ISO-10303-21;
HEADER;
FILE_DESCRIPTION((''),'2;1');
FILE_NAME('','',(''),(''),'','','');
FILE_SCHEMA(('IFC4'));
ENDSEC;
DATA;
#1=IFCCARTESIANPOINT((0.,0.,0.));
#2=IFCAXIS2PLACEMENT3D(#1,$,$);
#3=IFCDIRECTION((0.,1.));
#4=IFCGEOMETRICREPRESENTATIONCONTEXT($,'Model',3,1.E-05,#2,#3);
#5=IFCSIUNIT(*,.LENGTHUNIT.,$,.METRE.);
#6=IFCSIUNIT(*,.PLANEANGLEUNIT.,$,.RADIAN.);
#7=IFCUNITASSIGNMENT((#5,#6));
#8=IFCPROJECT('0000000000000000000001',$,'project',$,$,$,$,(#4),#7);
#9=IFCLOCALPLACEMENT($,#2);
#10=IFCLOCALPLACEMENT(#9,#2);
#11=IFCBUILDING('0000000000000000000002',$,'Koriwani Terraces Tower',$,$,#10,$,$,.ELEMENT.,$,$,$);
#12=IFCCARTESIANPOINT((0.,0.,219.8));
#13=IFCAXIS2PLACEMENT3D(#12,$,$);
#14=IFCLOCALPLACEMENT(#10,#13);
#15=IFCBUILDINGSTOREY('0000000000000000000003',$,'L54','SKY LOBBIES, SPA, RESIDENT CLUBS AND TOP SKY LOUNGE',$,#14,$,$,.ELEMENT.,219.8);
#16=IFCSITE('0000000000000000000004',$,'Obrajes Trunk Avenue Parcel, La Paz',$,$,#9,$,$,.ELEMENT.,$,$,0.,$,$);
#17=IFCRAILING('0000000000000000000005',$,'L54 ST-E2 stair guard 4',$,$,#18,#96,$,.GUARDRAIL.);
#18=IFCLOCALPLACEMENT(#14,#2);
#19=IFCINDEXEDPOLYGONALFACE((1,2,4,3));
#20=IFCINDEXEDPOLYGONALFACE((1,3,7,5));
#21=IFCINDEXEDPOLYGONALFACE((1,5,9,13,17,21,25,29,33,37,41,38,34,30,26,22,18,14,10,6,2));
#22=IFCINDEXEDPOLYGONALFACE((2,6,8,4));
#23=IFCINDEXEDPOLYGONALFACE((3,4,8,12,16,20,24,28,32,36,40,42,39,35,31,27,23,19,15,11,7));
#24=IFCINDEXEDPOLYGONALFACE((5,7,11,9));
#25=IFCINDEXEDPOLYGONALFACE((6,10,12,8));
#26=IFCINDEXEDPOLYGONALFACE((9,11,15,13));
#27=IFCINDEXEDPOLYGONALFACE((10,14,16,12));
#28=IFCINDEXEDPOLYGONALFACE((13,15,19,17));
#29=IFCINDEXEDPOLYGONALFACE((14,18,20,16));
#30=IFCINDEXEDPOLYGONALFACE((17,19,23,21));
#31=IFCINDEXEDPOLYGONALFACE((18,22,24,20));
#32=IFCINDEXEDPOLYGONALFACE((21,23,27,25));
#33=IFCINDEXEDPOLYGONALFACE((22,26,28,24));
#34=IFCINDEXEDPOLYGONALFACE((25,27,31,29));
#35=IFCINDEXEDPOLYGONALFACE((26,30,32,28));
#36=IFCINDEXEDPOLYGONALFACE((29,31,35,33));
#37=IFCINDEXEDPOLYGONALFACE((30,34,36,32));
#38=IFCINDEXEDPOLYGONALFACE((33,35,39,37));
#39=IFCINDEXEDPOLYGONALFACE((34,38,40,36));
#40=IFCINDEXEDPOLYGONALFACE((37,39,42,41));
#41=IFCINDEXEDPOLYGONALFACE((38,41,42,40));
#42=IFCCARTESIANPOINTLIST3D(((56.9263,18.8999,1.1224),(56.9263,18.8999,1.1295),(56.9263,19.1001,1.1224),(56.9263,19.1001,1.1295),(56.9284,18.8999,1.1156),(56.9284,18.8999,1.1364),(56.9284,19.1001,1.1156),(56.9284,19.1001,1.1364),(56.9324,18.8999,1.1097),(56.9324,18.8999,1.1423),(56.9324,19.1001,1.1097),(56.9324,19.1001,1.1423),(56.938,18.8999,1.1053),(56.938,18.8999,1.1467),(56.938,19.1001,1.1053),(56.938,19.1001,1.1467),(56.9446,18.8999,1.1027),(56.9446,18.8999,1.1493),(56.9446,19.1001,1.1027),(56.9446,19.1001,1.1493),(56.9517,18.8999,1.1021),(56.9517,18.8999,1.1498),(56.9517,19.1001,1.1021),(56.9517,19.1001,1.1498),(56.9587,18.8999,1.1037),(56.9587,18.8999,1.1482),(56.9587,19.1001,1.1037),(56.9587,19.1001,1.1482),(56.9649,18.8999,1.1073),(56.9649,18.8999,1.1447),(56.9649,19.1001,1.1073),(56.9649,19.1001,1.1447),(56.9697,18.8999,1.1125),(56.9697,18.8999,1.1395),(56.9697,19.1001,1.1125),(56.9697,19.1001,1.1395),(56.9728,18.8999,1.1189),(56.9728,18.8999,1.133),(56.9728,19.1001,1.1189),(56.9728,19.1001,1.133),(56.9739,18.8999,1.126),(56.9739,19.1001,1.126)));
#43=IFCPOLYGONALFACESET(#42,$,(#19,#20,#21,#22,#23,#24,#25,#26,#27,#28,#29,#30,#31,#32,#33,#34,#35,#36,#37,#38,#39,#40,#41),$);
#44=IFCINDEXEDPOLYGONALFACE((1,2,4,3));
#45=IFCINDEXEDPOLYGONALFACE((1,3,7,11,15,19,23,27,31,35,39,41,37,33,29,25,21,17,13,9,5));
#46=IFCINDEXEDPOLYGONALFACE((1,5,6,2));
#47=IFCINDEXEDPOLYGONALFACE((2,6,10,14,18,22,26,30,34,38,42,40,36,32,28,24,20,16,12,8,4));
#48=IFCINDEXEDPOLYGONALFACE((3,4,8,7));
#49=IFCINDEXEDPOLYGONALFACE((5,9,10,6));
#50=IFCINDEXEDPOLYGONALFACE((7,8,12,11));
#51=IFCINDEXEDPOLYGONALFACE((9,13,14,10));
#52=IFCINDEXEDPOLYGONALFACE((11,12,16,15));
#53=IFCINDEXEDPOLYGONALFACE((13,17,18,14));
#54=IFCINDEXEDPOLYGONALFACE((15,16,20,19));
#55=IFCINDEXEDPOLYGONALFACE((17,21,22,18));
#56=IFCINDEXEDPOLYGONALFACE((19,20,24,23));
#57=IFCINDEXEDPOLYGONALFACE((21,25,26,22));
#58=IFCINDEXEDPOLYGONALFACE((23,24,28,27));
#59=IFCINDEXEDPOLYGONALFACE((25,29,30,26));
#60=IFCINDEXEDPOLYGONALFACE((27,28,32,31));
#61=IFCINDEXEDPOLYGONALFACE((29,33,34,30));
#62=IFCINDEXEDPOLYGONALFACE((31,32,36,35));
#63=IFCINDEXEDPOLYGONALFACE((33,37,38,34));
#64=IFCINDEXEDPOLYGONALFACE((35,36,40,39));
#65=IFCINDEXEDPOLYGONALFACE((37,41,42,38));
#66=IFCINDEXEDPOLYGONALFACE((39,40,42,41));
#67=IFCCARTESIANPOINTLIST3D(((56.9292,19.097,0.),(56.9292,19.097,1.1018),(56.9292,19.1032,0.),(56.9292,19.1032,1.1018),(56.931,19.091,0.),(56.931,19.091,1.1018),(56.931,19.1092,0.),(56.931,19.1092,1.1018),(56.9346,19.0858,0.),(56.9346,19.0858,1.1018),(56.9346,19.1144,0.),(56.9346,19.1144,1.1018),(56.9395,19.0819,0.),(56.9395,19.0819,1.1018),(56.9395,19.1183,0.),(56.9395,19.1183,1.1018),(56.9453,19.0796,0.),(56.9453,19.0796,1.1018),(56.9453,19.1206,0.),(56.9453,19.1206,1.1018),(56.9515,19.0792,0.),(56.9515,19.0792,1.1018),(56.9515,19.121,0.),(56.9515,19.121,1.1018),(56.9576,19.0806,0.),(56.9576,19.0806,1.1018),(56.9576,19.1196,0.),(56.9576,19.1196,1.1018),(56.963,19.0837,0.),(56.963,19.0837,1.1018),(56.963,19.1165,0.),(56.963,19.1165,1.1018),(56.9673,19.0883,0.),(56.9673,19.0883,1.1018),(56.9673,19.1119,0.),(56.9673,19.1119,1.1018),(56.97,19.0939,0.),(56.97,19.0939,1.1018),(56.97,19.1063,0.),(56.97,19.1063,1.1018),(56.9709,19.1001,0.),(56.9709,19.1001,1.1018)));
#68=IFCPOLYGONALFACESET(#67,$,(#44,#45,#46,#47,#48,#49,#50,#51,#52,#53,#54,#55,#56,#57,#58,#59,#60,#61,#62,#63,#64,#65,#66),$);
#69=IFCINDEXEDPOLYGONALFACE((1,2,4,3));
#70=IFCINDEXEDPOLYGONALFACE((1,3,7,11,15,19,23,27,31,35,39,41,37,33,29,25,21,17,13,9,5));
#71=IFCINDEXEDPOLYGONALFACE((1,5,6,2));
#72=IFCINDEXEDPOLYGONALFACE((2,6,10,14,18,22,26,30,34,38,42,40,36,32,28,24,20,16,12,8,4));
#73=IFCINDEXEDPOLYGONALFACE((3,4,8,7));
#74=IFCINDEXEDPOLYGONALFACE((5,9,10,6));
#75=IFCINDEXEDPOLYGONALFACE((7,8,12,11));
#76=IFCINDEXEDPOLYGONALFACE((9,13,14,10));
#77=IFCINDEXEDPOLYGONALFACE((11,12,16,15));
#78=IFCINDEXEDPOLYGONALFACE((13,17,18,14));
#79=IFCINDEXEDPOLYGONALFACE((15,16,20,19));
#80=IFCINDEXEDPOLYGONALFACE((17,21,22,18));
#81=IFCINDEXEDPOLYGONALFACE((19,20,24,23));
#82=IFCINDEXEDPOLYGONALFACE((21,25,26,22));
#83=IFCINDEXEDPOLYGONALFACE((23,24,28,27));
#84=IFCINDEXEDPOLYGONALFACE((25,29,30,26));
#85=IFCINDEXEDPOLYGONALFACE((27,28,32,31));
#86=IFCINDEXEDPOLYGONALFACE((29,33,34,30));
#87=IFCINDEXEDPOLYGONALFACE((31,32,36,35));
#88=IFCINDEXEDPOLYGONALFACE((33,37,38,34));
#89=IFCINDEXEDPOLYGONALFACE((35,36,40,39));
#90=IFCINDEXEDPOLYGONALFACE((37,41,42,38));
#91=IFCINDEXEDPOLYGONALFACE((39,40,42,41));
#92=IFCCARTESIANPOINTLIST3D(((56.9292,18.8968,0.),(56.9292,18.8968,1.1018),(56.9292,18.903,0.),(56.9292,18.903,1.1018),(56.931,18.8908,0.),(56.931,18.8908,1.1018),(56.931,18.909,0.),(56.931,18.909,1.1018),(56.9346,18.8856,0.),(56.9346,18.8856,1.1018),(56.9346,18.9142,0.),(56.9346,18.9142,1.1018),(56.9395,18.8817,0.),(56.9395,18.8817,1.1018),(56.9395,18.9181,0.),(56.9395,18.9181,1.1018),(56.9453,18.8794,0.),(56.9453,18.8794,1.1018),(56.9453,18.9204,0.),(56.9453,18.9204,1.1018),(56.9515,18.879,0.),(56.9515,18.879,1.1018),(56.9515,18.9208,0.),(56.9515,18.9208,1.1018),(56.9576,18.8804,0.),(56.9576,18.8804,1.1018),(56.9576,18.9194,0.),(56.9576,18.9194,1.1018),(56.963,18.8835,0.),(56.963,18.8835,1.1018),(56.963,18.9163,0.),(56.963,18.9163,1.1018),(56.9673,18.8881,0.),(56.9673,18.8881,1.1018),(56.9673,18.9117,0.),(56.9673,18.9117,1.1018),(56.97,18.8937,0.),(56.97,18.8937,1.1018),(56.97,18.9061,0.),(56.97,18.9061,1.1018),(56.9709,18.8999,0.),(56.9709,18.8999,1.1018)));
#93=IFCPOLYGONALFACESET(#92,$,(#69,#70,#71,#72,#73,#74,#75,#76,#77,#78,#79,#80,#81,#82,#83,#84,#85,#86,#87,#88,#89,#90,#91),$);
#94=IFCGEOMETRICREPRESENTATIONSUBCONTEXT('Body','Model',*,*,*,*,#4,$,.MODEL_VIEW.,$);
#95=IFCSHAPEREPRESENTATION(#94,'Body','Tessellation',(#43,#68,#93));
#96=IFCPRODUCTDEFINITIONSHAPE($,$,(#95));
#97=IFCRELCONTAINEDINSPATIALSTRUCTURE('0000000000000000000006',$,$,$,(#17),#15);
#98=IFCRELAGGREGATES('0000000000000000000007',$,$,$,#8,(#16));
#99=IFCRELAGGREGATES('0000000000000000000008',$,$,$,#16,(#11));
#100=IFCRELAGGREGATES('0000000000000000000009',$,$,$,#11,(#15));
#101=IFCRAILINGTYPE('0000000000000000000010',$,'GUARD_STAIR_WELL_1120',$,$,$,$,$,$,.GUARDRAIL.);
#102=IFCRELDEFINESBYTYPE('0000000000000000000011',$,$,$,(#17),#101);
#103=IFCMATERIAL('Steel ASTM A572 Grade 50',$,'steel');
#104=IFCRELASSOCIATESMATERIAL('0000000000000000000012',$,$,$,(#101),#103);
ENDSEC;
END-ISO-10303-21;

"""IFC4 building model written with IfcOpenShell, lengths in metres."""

from ifc_helpers import new_model, si_unit, direction, frame, origin, origin_2d, place, context, subcontext, project, spatial, circle, extrude, material, type_object, element, save


model = new_model("IFC4")

# Units and contexts
model_context = context("Model", 3, precision=1e-05, world=origin(), true_north=direction((0.0, 1.0)))
body_context = subcontext(model_context, "Body", "Model", "MODEL_VIEW")
ifc_project = project(units=[si_unit("LENGTHUNIT", "METRE"), si_unit("PLANEANGLEUNIT", "RADIAN")], contexts=[model_context])

# Site, building, storey
site_placement = place(None, origin())
site = spatial("IfcSite", under=ifc_project, at=site_placement, Name="Obrajes Trunk Avenue Parcel, La Paz", CompositionType="ELEMENT", RefElevation=0.0)
building_placement = place(site_placement, origin())
building = spatial("IfcBuilding", under=site, at=building_placement, Name="Koriwani Terraces Tower", CompositionType="ELEMENT")
storey_placement = place(building_placement, frame((0.0, 0.0, 219.8)))
storey = spatial("IfcBuildingStorey", under=building, at=storey_placement, Name="L54", Description="SKY LOBBIES, SPA, RESIDENT CLUBS AND TOP SKY LOUNGE", CompositionType="ELEMENT", Elevation=219.8)

# Shared definitions
ifc_material_1 = material(Name="Steel ASTM A572 Grade 50", Category="steel")

# Railing
railing_type_1 = type_object("IfcRailingType", Name="GUARD_STAIR_WELL_1120", PredefinedType="GUARDRAIL", material=ifc_material_1)
railing_1_placement = place(storey_placement, frame((56.95, 19.1001, 0.0)))
element("IfcRailing", 1, at=railing_1_placement, inside=storey, type_object=railing_type_1, Name="L54 ST-E2 stair guard 4", PredefinedType="GUARDRAIL", context=body_context, shape_type="SweptSolid", body=[
    extrude(circle(Radius=0.0239, at=origin_2d()), frame((0.0, 0.0, 1.126), z_axis=(0.0, -1.0, 0.0), x_axis=(1.0, 0.0, 0.0)), (0.0, 0.0, 1.0), 0.2002),
    extrude(circle(Radius=0.021, at=origin_2d()), origin(), (0.0, 0.0, 1.0), 1.1018),
    extrude(circle(Radius=0.021, at=origin_2d()), frame((0.0, -0.2002, 0.0)), (0.0, 0.0, 1.0), 1.1018),
])

save(model, "model.ifc")
